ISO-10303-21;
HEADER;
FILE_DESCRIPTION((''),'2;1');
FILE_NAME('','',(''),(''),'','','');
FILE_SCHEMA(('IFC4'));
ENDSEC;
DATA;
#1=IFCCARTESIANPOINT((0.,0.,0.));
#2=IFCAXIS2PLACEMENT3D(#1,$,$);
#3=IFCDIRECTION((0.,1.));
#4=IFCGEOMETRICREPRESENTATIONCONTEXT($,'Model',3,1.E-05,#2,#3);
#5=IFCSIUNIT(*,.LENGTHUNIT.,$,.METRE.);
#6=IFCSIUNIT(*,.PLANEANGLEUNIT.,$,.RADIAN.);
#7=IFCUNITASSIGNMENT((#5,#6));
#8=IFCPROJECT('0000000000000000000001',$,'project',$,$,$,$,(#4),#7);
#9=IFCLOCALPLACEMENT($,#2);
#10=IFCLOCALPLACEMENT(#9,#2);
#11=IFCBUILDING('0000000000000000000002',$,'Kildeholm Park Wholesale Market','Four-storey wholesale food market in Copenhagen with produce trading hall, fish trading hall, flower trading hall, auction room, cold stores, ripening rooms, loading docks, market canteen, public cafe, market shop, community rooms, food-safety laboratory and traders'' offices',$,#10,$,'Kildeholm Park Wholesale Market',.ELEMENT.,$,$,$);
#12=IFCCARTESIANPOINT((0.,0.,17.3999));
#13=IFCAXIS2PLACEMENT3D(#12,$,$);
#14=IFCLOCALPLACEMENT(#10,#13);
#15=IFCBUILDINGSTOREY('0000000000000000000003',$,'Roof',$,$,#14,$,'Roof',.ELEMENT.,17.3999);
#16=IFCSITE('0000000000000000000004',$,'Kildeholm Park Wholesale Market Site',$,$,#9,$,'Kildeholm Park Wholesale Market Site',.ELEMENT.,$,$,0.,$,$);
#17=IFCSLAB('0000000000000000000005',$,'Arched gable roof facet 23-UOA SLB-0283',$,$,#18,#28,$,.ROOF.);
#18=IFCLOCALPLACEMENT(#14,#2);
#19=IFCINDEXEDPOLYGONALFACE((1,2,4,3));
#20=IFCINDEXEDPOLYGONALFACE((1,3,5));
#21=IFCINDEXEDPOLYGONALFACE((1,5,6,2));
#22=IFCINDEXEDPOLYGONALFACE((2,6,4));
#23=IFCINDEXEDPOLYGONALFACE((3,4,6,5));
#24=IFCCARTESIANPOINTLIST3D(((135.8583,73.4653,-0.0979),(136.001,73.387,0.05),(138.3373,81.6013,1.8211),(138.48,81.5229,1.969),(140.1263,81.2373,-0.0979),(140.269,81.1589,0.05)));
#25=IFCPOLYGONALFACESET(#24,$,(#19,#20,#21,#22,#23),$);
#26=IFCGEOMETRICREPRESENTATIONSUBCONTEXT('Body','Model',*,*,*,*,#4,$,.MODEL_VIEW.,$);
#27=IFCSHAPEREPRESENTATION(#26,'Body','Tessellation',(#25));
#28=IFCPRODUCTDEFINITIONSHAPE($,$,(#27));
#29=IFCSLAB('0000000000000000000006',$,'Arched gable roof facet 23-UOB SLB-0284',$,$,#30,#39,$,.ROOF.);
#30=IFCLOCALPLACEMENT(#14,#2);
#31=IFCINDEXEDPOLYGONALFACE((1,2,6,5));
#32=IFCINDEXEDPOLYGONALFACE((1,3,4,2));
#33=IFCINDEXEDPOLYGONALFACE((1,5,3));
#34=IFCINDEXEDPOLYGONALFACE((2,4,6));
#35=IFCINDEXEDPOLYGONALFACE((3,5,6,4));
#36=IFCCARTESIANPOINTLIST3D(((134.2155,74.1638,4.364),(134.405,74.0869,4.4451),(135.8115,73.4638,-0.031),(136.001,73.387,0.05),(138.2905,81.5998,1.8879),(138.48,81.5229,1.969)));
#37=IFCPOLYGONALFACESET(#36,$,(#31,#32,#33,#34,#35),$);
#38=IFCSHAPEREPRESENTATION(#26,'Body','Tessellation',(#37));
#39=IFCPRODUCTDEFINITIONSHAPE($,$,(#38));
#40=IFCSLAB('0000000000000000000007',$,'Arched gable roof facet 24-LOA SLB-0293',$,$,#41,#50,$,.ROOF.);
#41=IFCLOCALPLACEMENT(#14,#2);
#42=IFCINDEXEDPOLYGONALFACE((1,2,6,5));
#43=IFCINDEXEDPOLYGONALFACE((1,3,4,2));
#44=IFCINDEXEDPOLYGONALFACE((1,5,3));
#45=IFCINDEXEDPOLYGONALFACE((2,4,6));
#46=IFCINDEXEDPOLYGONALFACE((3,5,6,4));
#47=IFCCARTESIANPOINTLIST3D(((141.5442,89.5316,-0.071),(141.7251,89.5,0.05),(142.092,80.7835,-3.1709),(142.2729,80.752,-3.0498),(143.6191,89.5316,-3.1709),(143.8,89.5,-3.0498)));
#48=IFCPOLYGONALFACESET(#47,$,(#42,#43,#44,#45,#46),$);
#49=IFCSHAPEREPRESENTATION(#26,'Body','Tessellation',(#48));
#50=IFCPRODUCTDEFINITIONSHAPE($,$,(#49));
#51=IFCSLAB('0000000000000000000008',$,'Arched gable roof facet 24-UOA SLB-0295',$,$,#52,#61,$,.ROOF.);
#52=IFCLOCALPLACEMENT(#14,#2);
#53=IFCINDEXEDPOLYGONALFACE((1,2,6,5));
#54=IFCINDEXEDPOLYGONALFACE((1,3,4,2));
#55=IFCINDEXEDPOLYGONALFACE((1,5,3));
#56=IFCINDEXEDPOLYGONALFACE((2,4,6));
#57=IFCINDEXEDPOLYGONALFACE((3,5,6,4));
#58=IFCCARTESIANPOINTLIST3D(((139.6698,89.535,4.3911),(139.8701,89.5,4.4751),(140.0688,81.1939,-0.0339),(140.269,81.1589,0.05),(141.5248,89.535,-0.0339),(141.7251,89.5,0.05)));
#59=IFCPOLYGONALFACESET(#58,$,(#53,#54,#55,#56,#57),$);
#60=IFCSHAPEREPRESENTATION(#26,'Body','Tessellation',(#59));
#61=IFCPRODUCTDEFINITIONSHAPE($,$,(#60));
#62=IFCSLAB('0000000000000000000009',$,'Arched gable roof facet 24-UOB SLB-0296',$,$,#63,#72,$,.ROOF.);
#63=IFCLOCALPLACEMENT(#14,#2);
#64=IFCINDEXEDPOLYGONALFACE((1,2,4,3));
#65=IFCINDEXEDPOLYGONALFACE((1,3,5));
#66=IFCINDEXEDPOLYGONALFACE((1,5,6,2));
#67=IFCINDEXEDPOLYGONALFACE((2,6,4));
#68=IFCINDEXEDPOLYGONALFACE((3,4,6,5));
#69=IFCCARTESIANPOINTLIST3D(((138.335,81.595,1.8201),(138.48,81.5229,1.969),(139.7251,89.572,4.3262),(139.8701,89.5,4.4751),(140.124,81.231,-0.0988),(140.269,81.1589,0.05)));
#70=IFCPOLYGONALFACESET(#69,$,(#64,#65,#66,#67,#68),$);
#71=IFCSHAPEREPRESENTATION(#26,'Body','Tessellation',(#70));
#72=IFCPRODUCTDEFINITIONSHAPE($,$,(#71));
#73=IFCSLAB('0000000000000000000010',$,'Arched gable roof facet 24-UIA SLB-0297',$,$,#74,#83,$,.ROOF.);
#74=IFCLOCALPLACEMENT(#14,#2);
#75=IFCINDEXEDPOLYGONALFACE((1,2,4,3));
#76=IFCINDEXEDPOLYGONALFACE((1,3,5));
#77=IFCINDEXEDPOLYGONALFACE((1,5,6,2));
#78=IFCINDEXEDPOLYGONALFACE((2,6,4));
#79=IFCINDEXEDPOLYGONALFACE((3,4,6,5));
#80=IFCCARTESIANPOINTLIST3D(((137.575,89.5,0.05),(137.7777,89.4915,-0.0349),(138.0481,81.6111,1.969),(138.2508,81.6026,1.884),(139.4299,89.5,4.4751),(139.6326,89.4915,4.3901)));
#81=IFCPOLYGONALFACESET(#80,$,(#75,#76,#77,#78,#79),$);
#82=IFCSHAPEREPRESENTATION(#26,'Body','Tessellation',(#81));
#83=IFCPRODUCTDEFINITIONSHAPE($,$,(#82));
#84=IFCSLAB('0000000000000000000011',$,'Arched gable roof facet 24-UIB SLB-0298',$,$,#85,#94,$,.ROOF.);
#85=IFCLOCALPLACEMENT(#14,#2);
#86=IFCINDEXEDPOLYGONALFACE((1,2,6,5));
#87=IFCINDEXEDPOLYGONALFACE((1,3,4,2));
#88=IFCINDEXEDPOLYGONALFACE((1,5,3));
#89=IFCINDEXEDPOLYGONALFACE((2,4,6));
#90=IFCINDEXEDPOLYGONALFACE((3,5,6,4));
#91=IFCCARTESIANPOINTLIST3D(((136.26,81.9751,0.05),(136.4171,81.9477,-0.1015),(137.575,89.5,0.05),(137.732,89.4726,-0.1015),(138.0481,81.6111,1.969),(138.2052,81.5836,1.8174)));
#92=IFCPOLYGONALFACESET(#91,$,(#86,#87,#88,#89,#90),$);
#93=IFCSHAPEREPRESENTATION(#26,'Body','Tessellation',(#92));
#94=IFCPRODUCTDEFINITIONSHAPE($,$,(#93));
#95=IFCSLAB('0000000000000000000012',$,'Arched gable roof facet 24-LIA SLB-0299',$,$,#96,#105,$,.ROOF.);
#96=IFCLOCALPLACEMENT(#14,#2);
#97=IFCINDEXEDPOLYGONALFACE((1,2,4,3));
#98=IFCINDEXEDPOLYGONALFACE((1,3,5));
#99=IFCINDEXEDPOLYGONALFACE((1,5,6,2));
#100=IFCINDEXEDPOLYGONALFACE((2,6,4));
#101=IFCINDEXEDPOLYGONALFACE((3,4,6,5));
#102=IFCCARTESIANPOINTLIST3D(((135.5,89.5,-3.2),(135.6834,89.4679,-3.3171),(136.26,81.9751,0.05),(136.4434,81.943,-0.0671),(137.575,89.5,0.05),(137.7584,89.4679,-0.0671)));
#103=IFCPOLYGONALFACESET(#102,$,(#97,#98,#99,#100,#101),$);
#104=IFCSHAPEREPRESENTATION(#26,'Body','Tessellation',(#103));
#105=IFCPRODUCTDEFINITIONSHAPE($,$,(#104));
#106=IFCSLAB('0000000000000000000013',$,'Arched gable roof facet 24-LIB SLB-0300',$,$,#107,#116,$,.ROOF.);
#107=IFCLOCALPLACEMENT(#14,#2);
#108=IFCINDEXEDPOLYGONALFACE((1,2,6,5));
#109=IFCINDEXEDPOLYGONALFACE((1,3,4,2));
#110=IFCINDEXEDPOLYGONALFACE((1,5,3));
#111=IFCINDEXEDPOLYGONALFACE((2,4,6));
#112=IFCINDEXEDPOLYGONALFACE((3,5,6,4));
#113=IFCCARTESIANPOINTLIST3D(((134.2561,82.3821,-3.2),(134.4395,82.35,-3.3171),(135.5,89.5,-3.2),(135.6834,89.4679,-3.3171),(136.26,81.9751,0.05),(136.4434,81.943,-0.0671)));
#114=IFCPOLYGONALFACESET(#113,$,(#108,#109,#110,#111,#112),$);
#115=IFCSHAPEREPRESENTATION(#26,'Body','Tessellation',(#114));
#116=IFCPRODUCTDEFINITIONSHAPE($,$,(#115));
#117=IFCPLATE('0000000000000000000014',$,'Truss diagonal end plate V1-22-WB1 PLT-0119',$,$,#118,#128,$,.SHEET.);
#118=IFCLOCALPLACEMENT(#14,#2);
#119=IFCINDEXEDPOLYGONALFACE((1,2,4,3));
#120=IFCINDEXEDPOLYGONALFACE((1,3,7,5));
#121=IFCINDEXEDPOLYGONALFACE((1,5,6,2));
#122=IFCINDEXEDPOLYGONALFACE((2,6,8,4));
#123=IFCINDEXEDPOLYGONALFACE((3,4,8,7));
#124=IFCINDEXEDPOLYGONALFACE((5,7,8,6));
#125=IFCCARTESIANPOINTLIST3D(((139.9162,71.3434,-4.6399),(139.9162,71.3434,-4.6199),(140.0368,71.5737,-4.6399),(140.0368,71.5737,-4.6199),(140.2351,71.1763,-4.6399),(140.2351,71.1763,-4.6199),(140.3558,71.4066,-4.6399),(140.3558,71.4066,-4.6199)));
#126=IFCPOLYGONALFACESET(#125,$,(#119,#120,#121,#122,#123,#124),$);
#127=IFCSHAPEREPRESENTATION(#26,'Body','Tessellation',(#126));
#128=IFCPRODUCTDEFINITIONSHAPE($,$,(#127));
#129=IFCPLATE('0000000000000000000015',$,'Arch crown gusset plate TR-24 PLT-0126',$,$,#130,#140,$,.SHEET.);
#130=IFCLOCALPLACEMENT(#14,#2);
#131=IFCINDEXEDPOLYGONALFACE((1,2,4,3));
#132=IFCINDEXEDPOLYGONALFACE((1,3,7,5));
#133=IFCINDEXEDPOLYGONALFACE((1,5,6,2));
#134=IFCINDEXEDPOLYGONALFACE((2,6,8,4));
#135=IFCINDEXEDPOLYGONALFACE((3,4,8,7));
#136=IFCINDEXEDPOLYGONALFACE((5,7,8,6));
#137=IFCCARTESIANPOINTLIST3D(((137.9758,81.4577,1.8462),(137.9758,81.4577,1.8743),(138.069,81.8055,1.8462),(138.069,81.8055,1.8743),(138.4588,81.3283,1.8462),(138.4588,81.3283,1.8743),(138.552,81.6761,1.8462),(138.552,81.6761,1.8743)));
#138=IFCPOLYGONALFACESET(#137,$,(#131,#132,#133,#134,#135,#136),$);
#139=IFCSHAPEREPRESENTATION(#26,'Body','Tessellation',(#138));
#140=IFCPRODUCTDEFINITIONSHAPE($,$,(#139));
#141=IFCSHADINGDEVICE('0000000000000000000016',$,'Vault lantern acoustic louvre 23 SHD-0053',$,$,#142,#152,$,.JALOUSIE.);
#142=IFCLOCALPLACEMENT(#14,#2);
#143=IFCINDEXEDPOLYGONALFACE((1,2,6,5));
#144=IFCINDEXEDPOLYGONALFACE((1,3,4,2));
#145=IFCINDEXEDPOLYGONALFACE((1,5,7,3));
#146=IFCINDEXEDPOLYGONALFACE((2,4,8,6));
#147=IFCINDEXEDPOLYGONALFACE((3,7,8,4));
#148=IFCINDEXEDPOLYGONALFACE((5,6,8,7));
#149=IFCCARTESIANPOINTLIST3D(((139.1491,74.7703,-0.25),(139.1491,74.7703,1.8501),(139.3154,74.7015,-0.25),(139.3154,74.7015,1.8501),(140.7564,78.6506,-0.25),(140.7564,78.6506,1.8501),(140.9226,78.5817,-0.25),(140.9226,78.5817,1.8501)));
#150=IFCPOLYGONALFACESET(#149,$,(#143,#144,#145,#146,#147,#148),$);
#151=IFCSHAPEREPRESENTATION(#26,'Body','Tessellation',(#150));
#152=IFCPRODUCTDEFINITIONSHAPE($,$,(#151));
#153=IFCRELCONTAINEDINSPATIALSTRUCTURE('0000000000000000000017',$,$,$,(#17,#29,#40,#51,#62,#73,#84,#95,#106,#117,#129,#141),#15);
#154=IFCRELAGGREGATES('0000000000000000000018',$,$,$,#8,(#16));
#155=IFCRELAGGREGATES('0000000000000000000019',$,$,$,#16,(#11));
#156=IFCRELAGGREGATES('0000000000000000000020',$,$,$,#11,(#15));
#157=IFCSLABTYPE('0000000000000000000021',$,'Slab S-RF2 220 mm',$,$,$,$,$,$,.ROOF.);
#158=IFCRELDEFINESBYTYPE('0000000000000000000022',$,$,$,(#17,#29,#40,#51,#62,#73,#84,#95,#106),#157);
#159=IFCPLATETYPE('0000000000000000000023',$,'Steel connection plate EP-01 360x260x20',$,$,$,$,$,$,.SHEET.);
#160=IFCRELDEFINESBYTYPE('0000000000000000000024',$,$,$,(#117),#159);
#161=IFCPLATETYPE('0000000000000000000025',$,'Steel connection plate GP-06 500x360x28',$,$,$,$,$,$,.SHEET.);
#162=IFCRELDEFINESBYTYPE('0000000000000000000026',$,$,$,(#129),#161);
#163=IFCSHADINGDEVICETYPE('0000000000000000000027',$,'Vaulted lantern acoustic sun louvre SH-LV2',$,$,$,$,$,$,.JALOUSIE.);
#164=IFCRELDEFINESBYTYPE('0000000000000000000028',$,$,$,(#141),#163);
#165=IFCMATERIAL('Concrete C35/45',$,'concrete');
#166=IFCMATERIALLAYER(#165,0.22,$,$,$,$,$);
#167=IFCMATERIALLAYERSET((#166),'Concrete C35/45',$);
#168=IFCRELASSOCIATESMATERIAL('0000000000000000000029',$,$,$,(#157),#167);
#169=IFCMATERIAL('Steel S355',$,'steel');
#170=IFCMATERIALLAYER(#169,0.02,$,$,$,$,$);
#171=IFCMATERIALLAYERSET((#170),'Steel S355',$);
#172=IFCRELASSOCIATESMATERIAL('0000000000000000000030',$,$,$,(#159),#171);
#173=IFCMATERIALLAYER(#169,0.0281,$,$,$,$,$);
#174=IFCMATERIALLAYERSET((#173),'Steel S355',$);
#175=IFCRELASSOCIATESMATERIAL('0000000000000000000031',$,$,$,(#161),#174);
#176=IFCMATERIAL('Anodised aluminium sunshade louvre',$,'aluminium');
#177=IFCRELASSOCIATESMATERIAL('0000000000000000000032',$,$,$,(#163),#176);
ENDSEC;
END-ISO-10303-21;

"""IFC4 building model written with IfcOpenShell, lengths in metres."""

from ifc_helpers import new_model, si_unit, direction, frame, origin, origin_2d, place, context, subcontext, project, spatial, polyline, rectangle, outline, extrude, material, layer, layer_set, type_object, element, save


model = new_model("IFC4")

# Units and contexts
model_context = context("Model", 3, precision=1e-05, world=origin(), true_north=direction((0.0, 1.0)))
body_context = subcontext(model_context, "Body", "Model", "MODEL_VIEW")
ifc_project = project(units=[si_unit("LENGTHUNIT", "METRE"), si_unit("PLANEANGLEUNIT", "RADIAN")], contexts=[model_context])

# Site, building, storey
site_placement = place(None, origin())
site = spatial("IfcSite", under=ifc_project, at=site_placement, Name="Kildeholm Park Wholesale Market Site", LongName="Kildeholm Park Wholesale Market Site", CompositionType="ELEMENT", RefElevation=0.0)
building_placement = place(site_placement, origin())
building = spatial("IfcBuilding", under=site, at=building_placement, Name="Kildeholm Park Wholesale Market", Description="Four-storey wholesale food market in Copenhagen with produce trading hall, fish trading hall, flower trading hall, auction room, cold stores, ripening rooms, loading docks, market canteen, public cafe, market shop, community rooms, food-safety laboratory and traders' offices", LongName="Kildeholm Park Wholesale Market", CompositionType="ELEMENT")
storey_placement = place(building_placement, frame((0.0, 0.0, 17.3999)))
storey = spatial("IfcBuildingStorey", under=building, at=storey_placement, Name="Roof", LongName="Roof", CompositionType="ELEMENT", Elevation=17.3999)

# Shared definitions
ifc_material_1 = material(Name="Steel S355", Category="steel")

# Slabs
ifc_material_2 = material(Name="Concrete C35/45", Category="concrete")
ifc_layer_1 = layer(ifc_material_2, 0.22)
ifc_layer_set_1 = layer_set([ifc_layer_1], Name="Concrete C35/45")
slab_type = type_object("IfcSlabType", Name="Slab S-RF2 220 mm", PredefinedType="ROOF", material=ifc_layer_set_1)
slab_1_placement = place(storey_placement, frame((136.001, 73.387, 0.05), z_axis=(0.648765, -0.356276, 0.672437), x_axis=(0.481354, 0.876526, 0.0)))
element("IfcSlab", 1, at=slab_1_placement, inside=storey, type_object=slab_type, Name="Arched gable roof facet 23-UOA SLB-0283", PredefinedType="ROOF", context=body_context, shape_type="SweptSolid", body=[
    extrude(outline(polyline([(0.0, 0.0), (8.8668, 0.0), (8.3247, 2.5926), (0.0, 0.0)])), origin(), (0.0, 0.0, -1.0), 0.22),
])
slab_2_placement = place(storey_placement, frame((136.001, 73.387, 0.05), z_axis=(0.861481, -0.349397, 0.368472), x_axis=(0.28432, 0.933126, 0.220086)))
element("IfcSlab", 2, at=slab_2_placement, inside=storey, type_object=slab_type, Name="Arched gable roof facet 23-UOB SLB-0284", PredefinedType="ROOF", context=body_context, shape_type="SweptSolid", body=[
    extrude(outline(polyline([(0.0, 0.0), (8.7191, 0.0), (1.1667, 4.5817), (0.0, 0.0)])), origin(), (0.0, 0.0, -1.0), 0.22),
])
slab_3_placement = place(storey_placement, frame((142.2729, 80.752, -3.0498), z_axis=(0.822403, -0.143563, 0.550493), x_axis=(0.171964, 0.985103, 0.0)))
element("IfcSlab", 3, at=slab_3_placement, inside=storey, type_object=slab_type, Name="Arched gable roof facet 24-LOA SLB-0293", PredefinedType="ROOF", context=body_context, shape_type="SweptSolid", body=[
    extrude(outline(polyline([(0.0, 0.0), (8.8803, 0.0), (8.5235, 3.7131), (0.0, 0.0)])), origin(), (0.0, 0.0, -1.0), 0.22),
])
slab_4_placement = place(storey_placement, frame((140.269, 81.1589, 0.05), z_axis=(0.910521, -0.158945, 0.381691), x_axis=(0.171964, 0.985103, 0.0)))
element("IfcSlab", 4, at=slab_4_placement, inside=storey, type_object=slab_type, Name="Arched gable roof facet 24-UOA SLB-0295", PredefinedType="ROOF", context=body_context, shape_type="SweptSolid", body=[
    extrude(outline(polyline([(0.0, 0.0), (8.4672, 0.0), (8.1482, 4.7875), (0.0, 0.0)])), origin(), (0.0, 0.0, -1.0), 0.22),
])
slab_5_placement = place(storey_placement, frame((140.269, 81.1589, 0.05), z_axis=(0.659296, -0.32752, 0.676801), x_axis=(-0.042212, 0.882598, 0.46823)))
element("IfcSlab", 5, at=slab_5_placement, inside=storey, type_object=slab_type, Name="Arched gable roof facet 24-UOB SLB-0296", PredefinedType="ROOF", context=body_context, shape_type="SweptSolid", body=[
    extrude(outline(polyline([(0.0, 0.0), (9.4506, 0.0), (1.2953, 2.3104), (0.0, 0.0)])), origin(), (0.0, 0.0, -1.0), 0.22),
])
slab_6_placement = place(storey_placement, frame((138.0481, 81.6111, 1.969), z_axis=(-0.921554, 0.038699, 0.386316), x_axis=(0.164662, 0.940056, 0.298631)))
element("IfcSlab", 6, at=slab_6_placement, inside=storey, type_object=slab_type, Name="Arched gable roof facet 24-UIA SLB-0297", PredefinedType="ROOF", context=body_context, shape_type="SweptSolid", body=[
    extrude(outline(polyline([(0.0, 0.0), (8.392, 0.0), (6.7651, 4.5139), (0.0, 0.0)])), origin(), (0.0, 0.0, -1.0), 0.22),
])
slab_7_placement = place(storey_placement, frame((138.0481, 81.6111, 1.969), z_axis=(-0.713981, 0.124765, 0.688959), x_axis=(-0.058178, 0.970021, -0.235954)))
element("IfcSlab", 7, at=slab_7_placement, inside=storey, type_object=slab_type, Name="Arched gable roof facet 24-UIB SLB-0298", PredefinedType="ROOF", context=body_context, shape_type="SweptSolid", body=[
    extrude(outline(polyline([(0.0, 0.0), (8.1327, 0.0), (0.9099, 2.4868), (0.0, 0.0)])), origin(), (0.0, 0.0, -1.0), 0.22),
])
slab_8_placement = place(storey_placement, frame((136.26, 81.9751, 0.05), z_axis=(-0.833869, 0.145715, 0.532381), x_axis=(0.172137, 0.985073, 0.0)))
element("IfcSlab", 8, at=slab_8_placement, inside=storey, type_object=slab_type, Name="Arched gable roof facet 24-LIA SLB-0299", PredefinedType="ROOF", context=body_context, shape_type="SweptSolid", body=[
    extrude(outline(polyline([(0.0, 0.0), (7.6389, 0.0), (7.2818, 3.8393), (0.0, 0.0)])), origin(), (0.0, 0.0, -1.0), 0.22),
])
slab_9_placement = place(storey_placement, frame((136.26, 81.9751, 0.05), z_axis=(-0.833859, 0.145722, 0.532394), x_axis=(-0.092325, 0.914114, -0.394805)))
element("IfcSlab", 9, at=slab_9_placement, inside=storey, type_object=slab_type, Name="Arched gable roof facet 24-LIB SLB-0300", PredefinedType="ROOF", context=body_context, shape_type="SweptSolid", body=[
    extrude(outline(polyline([(0.0, 0.0), (8.2319, 0.0), (1.8402, 3.3701), (0.0, 0.0)])), origin(), (0.0, 0.0, -1.0), 0.22),
])

# Plates
ifc_layer_2 = layer(ifc_material_1, 0.02)
ifc_layer_set_2 = layer_set([ifc_layer_2], Name="Steel S355")
plate_type_1 = type_object("IfcPlateType", Name="Steel connection plate EP-01 360x260x20", PredefinedType="SHEET", material=ifc_layer_set_2)
plate_1_placement = place(storey_placement, frame((140.136, 71.375, -4.6399), z_axis=(0.0, 0.0, 1.0), x_axis=(-0.885799, 0.464069, 0.0)))
element("IfcPlate", 10, at=plate_1_placement, inside=storey, type_object=plate_type_1, Name="Truss diagonal end plate V1-22-WB1 PLT-0119", PredefinedType="SHEET", context=body_context, shape_type="SweptSolid", body=[
    extrude(rectangle(XDim=0.3601, YDim=0.26, at=origin_2d()), origin(), (0.0, 0.0, 1.0), 0.02),
])
ifc_layer_3 = layer(ifc_material_1, 0.0281)
ifc_layer_set_3 = layer_set([ifc_layer_3], Name="Steel S355")
plate_type_2 = type_object("IfcPlateType", Name="Steel connection plate GP-06 500x360x28", PredefinedType="SHEET", material=ifc_layer_set_3)
plate_2_placement = place(storey_placement, frame((138.2639, 81.5669, 1.8462), z_axis=(0.0, 0.0, 1.0), x_axis=(0.965926, -0.258819, 0.0)))
element("IfcPlate", 11, at=plate_2_placement, inside=storey, type_object=plate_type_2, Name="Arch crown gusset plate TR-24 PLT-0126", PredefinedType="SHEET", context=body_context, shape_type="SweptSolid", body=[
    extrude(rectangle(XDim=0.5, YDim=0.3601, at=origin_2d()), origin(), (0.0, 0.0, 1.0), 0.0281),
])

# Shading device
ifc_material_3 = material(Name="Anodised aluminium sunshade louvre", Category="aluminium")
shading_device_type = type_object("IfcShadingDeviceType", Name="Vaulted lantern acoustic sun louvre SH-LV2", PredefinedType="JALOUSIE", material=ifc_material_3)
shading_device_placement = place(storey_placement, frame((140.0359, 76.676, -0.25), z_axis=(0.0, 0.0, 1.0), x_axis=(0.382683, 0.92388, 0.0)))
element("IfcShadingDevice", 12, at=shading_device_placement, inside=storey, type_object=shading_device_type, Name="Vault lantern acoustic louvre 23 SHD-0053", PredefinedType="JALOUSIE", context=body_context, shape_type="SweptSolid", body=[
    extrude(rectangle(XDim=4.2, YDim=0.1799, at=origin_2d()), origin(), (0.0, 0.0, 1.0), 2.1001),
])

save(model, "model.ifc")
